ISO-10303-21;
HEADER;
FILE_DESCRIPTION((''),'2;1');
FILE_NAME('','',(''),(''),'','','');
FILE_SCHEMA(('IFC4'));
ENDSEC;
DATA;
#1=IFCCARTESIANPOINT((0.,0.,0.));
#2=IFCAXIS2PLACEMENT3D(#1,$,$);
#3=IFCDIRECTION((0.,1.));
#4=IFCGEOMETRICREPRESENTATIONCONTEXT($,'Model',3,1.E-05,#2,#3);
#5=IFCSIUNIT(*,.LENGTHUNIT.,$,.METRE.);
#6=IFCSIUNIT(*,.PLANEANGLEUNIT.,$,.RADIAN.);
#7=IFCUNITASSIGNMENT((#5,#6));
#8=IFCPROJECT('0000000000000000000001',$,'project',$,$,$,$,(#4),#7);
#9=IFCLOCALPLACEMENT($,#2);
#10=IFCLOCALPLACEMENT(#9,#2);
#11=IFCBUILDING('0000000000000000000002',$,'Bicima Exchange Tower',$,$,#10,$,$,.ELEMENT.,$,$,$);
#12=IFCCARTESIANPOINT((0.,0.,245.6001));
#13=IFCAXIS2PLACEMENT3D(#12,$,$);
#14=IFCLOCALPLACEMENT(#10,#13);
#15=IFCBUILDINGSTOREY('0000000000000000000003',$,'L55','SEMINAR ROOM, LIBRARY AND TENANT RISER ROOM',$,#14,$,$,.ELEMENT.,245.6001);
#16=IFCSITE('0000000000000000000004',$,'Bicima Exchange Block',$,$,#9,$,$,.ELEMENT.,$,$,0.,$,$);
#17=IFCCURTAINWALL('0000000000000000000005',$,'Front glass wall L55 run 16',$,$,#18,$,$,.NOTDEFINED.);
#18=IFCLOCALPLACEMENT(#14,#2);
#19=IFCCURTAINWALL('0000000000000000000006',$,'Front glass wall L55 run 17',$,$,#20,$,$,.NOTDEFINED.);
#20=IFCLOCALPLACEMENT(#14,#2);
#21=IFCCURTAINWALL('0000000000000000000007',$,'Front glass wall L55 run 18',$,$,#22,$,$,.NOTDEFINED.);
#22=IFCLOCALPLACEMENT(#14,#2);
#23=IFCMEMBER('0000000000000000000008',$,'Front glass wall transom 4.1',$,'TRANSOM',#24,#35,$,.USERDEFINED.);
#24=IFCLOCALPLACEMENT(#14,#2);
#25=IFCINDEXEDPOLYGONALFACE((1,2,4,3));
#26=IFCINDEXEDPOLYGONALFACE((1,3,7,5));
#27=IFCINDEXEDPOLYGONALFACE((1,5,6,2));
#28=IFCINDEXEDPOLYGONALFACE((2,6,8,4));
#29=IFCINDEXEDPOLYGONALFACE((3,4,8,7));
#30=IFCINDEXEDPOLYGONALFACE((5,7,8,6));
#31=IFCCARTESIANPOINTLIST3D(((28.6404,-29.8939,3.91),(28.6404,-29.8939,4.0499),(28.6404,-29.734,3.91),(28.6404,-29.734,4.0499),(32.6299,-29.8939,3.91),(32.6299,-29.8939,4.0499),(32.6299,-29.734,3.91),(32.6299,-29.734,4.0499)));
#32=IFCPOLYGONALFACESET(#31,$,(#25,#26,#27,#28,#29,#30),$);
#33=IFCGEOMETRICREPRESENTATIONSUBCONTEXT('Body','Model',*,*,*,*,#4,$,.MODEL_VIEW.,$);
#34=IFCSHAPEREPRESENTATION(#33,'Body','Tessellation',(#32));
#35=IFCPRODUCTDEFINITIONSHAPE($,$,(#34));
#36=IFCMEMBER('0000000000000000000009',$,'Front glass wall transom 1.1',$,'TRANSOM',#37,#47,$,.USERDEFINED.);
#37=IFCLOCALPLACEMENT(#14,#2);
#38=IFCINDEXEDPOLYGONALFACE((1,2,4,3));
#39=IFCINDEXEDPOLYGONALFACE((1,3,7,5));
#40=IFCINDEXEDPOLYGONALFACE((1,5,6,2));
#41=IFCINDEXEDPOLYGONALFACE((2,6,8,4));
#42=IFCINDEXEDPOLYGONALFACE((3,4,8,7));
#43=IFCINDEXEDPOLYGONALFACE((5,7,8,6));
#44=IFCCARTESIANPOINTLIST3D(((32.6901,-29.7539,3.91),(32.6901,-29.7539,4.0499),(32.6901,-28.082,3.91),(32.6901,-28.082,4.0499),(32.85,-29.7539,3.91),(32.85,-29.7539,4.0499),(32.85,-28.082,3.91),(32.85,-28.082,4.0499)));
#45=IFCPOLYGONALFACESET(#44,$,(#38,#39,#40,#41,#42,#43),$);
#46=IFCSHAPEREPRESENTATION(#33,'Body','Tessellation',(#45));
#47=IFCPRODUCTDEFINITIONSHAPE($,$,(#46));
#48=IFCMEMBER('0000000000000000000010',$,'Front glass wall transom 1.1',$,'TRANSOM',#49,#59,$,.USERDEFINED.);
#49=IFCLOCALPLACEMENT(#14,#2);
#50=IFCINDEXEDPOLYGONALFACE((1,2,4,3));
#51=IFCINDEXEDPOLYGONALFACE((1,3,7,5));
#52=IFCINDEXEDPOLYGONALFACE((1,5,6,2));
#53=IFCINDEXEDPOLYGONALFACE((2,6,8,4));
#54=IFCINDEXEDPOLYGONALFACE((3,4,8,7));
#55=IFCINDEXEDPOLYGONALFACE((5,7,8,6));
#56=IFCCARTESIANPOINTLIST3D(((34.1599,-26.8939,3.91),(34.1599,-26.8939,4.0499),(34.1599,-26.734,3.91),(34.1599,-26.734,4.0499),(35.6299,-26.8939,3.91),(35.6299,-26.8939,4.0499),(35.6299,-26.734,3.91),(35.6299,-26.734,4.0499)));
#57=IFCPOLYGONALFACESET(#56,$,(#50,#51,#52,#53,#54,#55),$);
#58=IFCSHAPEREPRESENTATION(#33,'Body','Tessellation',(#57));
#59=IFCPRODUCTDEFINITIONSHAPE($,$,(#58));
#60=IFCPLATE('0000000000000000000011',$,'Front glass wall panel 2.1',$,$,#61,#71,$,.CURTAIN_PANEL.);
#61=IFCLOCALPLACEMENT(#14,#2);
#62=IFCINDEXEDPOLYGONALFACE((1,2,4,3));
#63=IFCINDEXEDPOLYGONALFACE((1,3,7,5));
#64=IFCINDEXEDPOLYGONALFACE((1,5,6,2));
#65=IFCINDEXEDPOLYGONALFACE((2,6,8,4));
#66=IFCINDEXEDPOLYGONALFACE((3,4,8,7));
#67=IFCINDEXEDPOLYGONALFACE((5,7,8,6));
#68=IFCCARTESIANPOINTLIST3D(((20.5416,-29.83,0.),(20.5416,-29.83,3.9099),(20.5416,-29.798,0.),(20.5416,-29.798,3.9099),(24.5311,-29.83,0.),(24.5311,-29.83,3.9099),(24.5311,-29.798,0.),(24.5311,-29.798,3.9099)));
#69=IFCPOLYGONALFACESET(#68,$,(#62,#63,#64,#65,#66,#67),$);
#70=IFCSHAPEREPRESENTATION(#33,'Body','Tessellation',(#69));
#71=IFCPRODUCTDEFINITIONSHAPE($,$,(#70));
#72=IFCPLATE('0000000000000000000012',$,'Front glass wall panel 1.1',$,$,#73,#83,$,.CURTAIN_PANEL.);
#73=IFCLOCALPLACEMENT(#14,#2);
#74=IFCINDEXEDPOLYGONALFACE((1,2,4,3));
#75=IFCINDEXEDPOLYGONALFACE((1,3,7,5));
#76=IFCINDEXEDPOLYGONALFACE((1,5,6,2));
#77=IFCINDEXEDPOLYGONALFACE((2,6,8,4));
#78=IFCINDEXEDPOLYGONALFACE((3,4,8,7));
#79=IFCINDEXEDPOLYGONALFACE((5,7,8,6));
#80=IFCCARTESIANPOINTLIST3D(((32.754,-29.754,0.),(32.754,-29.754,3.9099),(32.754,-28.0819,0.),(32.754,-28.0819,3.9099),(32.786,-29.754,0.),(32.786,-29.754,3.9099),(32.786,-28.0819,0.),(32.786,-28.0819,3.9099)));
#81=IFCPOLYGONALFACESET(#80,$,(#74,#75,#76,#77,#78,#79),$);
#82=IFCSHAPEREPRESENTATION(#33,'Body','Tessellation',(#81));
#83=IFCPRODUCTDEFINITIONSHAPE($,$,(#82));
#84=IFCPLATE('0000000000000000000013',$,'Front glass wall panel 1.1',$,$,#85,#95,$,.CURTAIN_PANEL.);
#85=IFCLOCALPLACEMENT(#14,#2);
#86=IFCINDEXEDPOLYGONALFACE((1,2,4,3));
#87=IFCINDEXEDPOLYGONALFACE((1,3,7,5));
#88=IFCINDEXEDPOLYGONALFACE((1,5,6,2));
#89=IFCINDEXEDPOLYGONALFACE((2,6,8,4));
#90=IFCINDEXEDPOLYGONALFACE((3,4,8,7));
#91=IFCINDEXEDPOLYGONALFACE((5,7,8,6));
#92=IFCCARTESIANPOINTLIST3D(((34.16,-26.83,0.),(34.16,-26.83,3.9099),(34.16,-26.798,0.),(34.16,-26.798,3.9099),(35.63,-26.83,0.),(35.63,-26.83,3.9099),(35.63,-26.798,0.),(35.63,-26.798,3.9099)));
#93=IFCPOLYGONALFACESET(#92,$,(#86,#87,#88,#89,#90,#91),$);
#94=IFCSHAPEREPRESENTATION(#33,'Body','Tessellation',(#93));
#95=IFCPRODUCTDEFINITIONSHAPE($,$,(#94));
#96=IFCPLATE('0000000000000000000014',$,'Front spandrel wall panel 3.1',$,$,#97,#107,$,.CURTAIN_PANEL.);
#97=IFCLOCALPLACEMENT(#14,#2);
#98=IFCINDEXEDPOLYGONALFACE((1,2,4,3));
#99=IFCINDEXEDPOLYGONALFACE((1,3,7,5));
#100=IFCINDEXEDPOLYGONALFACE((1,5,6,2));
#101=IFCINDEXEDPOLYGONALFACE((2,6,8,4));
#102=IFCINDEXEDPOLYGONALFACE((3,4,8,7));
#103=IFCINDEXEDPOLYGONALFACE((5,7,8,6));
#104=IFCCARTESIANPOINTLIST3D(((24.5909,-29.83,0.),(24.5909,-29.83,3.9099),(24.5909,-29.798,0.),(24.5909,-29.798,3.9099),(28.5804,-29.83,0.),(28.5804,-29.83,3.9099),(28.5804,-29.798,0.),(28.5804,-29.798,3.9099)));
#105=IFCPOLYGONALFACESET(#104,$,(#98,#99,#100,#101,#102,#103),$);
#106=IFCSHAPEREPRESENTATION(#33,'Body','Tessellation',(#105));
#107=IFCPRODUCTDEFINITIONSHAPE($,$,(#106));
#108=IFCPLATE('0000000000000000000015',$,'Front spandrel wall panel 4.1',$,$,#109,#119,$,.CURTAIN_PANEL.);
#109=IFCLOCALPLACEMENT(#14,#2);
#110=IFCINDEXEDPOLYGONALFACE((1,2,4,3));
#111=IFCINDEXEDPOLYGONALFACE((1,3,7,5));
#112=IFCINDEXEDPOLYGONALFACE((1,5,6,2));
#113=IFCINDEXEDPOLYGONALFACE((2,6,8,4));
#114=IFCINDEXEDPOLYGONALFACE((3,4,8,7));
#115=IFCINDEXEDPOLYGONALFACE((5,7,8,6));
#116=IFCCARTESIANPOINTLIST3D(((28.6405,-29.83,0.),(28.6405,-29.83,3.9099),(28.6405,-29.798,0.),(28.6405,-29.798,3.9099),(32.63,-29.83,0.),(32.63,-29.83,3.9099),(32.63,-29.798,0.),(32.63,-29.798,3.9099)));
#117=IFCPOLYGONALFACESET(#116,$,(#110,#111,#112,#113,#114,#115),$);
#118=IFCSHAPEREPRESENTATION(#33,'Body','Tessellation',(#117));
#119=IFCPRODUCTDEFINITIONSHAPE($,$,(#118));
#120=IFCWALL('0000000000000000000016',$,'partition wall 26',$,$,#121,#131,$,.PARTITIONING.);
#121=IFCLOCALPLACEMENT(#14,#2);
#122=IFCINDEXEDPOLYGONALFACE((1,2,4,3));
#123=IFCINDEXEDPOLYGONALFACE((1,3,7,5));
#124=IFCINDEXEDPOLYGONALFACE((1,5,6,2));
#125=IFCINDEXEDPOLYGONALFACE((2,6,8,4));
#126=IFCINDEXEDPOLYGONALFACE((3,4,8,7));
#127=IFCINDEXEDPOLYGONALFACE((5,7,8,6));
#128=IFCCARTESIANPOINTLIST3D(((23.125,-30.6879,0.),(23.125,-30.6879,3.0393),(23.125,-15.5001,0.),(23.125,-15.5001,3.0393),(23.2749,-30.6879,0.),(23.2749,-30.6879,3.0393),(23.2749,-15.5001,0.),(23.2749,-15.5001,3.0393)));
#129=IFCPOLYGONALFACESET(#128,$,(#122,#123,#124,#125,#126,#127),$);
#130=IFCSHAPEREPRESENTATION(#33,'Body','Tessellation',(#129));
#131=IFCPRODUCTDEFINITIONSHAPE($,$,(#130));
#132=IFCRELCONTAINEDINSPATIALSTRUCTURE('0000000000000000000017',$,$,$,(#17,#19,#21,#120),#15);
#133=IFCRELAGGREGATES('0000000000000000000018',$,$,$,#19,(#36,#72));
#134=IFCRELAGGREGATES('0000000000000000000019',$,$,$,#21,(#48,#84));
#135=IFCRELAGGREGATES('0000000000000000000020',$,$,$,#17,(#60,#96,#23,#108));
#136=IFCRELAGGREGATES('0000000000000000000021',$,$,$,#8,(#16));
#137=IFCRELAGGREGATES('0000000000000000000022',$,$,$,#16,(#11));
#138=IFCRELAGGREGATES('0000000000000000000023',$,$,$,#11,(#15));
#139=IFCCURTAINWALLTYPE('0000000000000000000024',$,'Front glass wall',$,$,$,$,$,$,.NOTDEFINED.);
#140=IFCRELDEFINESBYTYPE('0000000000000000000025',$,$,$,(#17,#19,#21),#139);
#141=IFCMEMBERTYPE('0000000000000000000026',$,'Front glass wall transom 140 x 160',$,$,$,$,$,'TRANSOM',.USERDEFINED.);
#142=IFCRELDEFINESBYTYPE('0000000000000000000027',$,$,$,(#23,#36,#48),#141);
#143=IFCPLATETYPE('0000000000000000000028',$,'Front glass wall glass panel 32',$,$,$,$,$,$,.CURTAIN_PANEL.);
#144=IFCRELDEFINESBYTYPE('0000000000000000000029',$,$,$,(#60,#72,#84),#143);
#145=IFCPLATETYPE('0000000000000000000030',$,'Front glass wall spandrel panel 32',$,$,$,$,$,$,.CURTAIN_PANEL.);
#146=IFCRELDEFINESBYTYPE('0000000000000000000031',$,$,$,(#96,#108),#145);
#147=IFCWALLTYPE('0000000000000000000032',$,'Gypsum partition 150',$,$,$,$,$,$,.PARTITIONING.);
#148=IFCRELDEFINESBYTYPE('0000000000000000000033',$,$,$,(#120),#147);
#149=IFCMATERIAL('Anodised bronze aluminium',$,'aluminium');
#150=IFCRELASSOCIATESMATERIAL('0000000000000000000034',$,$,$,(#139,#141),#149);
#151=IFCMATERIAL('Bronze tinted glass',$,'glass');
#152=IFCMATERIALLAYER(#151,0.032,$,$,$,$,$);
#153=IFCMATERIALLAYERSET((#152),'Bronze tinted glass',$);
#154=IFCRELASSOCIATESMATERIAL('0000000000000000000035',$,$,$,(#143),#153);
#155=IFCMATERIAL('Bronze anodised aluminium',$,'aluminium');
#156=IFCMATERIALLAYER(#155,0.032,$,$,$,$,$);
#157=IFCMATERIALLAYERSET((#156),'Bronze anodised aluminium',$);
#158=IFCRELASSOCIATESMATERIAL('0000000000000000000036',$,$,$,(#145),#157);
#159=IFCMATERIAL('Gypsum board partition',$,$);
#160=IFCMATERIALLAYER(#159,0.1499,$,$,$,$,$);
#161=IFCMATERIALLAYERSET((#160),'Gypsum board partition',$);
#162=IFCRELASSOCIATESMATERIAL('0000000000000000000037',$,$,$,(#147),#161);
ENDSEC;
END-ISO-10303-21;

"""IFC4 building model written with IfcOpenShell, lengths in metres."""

from ifc_helpers import new_model, si_unit, direction, frame, frame_2d, origin, origin_2d, place, context, subcontext, project, spatial, rectangle, extrude, material, layer, layer_set, material_profile, profile_set, type_object, element, aggregate, save


model = new_model("IFC4")

# Units and contexts
model_context = context("Model", 3, precision=1e-05, world=origin(), true_north=direction((0.0, 1.0)))
body_context = subcontext(model_context, "Body", "Model", "MODEL_VIEW")
ifc_project = project(units=[si_unit("LENGTHUNIT", "METRE"), si_unit("PLANEANGLEUNIT", "RADIAN")], contexts=[model_context])

# Site, building, storey
site_placement = place(None, origin())
site = spatial("IfcSite", under=ifc_project, at=site_placement, Name="Bicima Exchange Block", CompositionType="ELEMENT", RefElevation=0.0)
building_placement = place(site_placement, origin())
building = spatial("IfcBuilding", under=site, at=building_placement, Name="Bicima Exchange Tower", CompositionType="ELEMENT")
storey_placement = place(building_placement, frame((0.0, 0.0, 245.6001)))
storey = spatial("IfcBuildingStorey", under=building, at=storey_placement, Name="L55", Description="SEMINAR ROOM, LIBRARY AND TENANT RISER ROOM", CompositionType="ELEMENT", Elevation=245.6001)

# Curtain walls
ifc_material_1 = material(Name="Anodised bronze aluminium", Category="aluminium")
curtain_wall_type = type_object("IfcCurtainWallType", Name="Front glass wall", PredefinedType="NOTDEFINED", material=ifc_material_1)
curtain_wall_1_placement = place(storey_placement, origin())
curtain_wall_1 = element("IfcCurtainWall", 1, at=curtain_wall_1_placement, inside=storey, type_object=curtain_wall_type, Name="Front glass wall L55 run 16", PredefinedType="NOTDEFINED")
curtain_wall_2_placement = place(storey_placement, origin())
curtain_wall_2 = element("IfcCurtainWall", 2, at=curtain_wall_2_placement, inside=storey, type_object=curtain_wall_type, Name="Front glass wall L55 run 17", PredefinedType="NOTDEFINED")
curtain_wall_3_placement = place(storey_placement, origin())
curtain_wall_3 = element("IfcCurtainWall", 3, at=curtain_wall_3_placement, inside=storey, type_object=curtain_wall_type, Name="Front glass wall L55 run 18", PredefinedType="NOTDEFINED")

# Members
ifc_material_profile_1 = material_profile(ifc_material_1, rectangle(XDim=0.1599, YDim=0.1399, at=origin_2d()))
ifc_profile_set_1 = profile_set([ifc_material_profile_1], Name="Anodised bronze aluminium")
member_type_1 = type_object("IfcMemberType", Name="Front glass wall transom 140 x 160", ElementType="TRANSOM", PredefinedType="USERDEFINED", material=ifc_profile_set_1)
member_1_placement = place(storey_placement, frame((28.6404, -29.814, 3.98), z_axis=(1.0, 0.0, 0.0), x_axis=(0.0, 1.0, 0.0)))
member_1 = element("IfcMember", 4, at=member_1_placement, type_object=member_type_1, Name="Front glass wall transom 4.1", ObjectType="TRANSOM", PredefinedType="USERDEFINED", context=body_context, shape_type="SweptSolid", body=[
    extrude(rectangle(XDim=0.1599, YDim=0.1399, at=origin_2d()), origin(), (0.0, 0.0, 1.0), 3.9895),
])
member_2_placement = place(storey_placement, frame((32.77, -29.7539, 3.98), z_axis=(0.0, 1.0, 0.0), x_axis=(-1.0, 0.0, 0.0)))
member_2 = element("IfcMember", 5, at=member_2_placement, type_object=member_type_1, Name="Front glass wall transom 1.1", ObjectType="TRANSOM", PredefinedType="USERDEFINED", context=body_context, shape_type="SweptSolid", body=[
    extrude(rectangle(XDim=0.1599, YDim=0.1399, at=origin_2d()), origin(), (0.0, 0.0, 1.0), 1.6719),
])
member_3_placement = place(storey_placement, frame((34.1599, -26.814, 3.98), z_axis=(1.0, 0.0, 0.0), x_axis=(0.0, 1.0, 0.0)))
member_3 = element("IfcMember", 6, at=member_3_placement, type_object=member_type_1, Name="Front glass wall transom 1.1", ObjectType="TRANSOM", PredefinedType="USERDEFINED", context=body_context, shape_type="SweptSolid", body=[
    extrude(rectangle(XDim=0.1599, YDim=0.1399, at=origin_2d()), origin(), (0.0, 0.0, 1.0), 1.47),
])

# Plates
ifc_material_2 = material(Name="Bronze tinted glass", Category="glass")
ifc_layer_1 = layer(ifc_material_2, 0.032)
ifc_layer_set_1 = layer_set([ifc_layer_1], Name="Bronze tinted glass")
plate_type_1 = type_object("IfcPlateType", Name="Front glass wall glass panel 32", PredefinedType="CURTAIN_PANEL", material=ifc_layer_set_1)
plate_1_placement = place(storey_placement, frame((22.5364, -29.814, 0.0), z_axis=(0.0, 0.0, 1.0), x_axis=(1.0, 0.0, 0.0)))
plate_1 = element("IfcPlate", 7, at=plate_1_placement, type_object=plate_type_1, Name="Front glass wall panel 2.1", PredefinedType="CURTAIN_PANEL", context=body_context, shape_type="SweptSolid", body=[
    extrude(rectangle(XDim=3.9895, YDim=0.032, at=origin_2d()), origin(), (0.0, 0.0, 1.0), 3.9099),
])
plate_2_placement = place(storey_placement, frame((32.77, -28.918, 0.0), z_axis=(0.0, 0.0, 1.0), x_axis=(0.0, 1.0, 0.0)))
plate_2 = element("IfcPlate", 8, at=plate_2_placement, type_object=plate_type_1, Name="Front glass wall panel 1.1", PredefinedType="CURTAIN_PANEL", context=body_context, shape_type="SweptSolid", body=[
    extrude(rectangle(XDim=1.6721, YDim=0.032, at=origin_2d()), origin(), (0.0, 0.0, 1.0), 3.9099),
])
aggregate(curtain_wall_2, [member_2, plate_2])
plate_3_placement = place(storey_placement, frame((34.895, -26.814, 0.0), z_axis=(0.0, 0.0, 1.0), x_axis=(1.0, 0.0, 0.0)))
plate_3 = element("IfcPlate", 9, at=plate_3_placement, type_object=plate_type_1, Name="Front glass wall panel 1.1", PredefinedType="CURTAIN_PANEL", context=body_context, shape_type="SweptSolid", body=[
    extrude(rectangle(XDim=1.47, YDim=0.032, at=origin_2d()), origin(), (0.0, 0.0, 1.0), 3.9099),
])
aggregate(curtain_wall_3, [member_3, plate_3])
ifc_material_3 = material(Name="Bronze anodised aluminium", Category="aluminium")
ifc_layer_2 = layer(ifc_material_3, 0.032)
ifc_layer_set_2 = layer_set([ifc_layer_2], Name="Bronze anodised aluminium")
plate_type_2 = type_object("IfcPlateType", Name="Front glass wall spandrel panel 32", PredefinedType="CURTAIN_PANEL", material=ifc_layer_set_2)
plate_4_placement = place(storey_placement, frame((26.5857, -29.814, 0.0), z_axis=(0.0, 0.0, 1.0), x_axis=(1.0, 0.0, 0.0)))
plate_4 = element("IfcPlate", 10, at=plate_4_placement, type_object=plate_type_2, Name="Front spandrel wall panel 3.1", PredefinedType="CURTAIN_PANEL", context=body_context, shape_type="SweptSolid", body=[
    extrude(rectangle(XDim=3.9895, YDim=0.032, at=origin_2d()), origin(), (0.0, 0.0, 1.0), 3.9099),
])
plate_5_placement = place(storey_placement, frame((30.6353, -29.814, 0.0), z_axis=(0.0, 0.0, 1.0), x_axis=(1.0, 0.0, 0.0)))
plate_5 = element("IfcPlate", 11, at=plate_5_placement, type_object=plate_type_2, Name="Front spandrel wall panel 4.1", PredefinedType="CURTAIN_PANEL", context=body_context, shape_type="SweptSolid", body=[
    extrude(rectangle(XDim=3.9895, YDim=0.032, at=origin_2d()), origin(), (0.0, 0.0, 1.0), 3.9099),
])
aggregate(curtain_wall_1, [plate_1, plate_4, member_1, plate_5])

# Wall
ifc_material_4 = material(Name="Gypsum board partition")
ifc_layer_3 = layer(ifc_material_4, 0.1499)
ifc_layer_set_3 = layer_set([ifc_layer_3], Name="Gypsum board partition")
wall_type = type_object("IfcWallType", Name="Gypsum partition 150", PredefinedType="PARTITIONING", material=ifc_layer_set_3)
wall_placement = place(storey_placement, frame((23.2, -30.6877, 0.0), z_axis=(0.0, 0.0, 1.0), x_axis=(0.0, 1.0, 0.0)))
element("IfcWall", 12, at=wall_placement, inside=storey, type_object=wall_type, Name="partition wall 26", PredefinedType="PARTITIONING", context=body_context, shape_type="SweptSolid", body=[
    extrude(rectangle(XDim=15.1877, YDim=0.1499, at=frame_2d((7.5938, 0.0))), origin(), (0.0, 0.0, 1.0), 3.0393),
])

save(model, "model.ifc")
